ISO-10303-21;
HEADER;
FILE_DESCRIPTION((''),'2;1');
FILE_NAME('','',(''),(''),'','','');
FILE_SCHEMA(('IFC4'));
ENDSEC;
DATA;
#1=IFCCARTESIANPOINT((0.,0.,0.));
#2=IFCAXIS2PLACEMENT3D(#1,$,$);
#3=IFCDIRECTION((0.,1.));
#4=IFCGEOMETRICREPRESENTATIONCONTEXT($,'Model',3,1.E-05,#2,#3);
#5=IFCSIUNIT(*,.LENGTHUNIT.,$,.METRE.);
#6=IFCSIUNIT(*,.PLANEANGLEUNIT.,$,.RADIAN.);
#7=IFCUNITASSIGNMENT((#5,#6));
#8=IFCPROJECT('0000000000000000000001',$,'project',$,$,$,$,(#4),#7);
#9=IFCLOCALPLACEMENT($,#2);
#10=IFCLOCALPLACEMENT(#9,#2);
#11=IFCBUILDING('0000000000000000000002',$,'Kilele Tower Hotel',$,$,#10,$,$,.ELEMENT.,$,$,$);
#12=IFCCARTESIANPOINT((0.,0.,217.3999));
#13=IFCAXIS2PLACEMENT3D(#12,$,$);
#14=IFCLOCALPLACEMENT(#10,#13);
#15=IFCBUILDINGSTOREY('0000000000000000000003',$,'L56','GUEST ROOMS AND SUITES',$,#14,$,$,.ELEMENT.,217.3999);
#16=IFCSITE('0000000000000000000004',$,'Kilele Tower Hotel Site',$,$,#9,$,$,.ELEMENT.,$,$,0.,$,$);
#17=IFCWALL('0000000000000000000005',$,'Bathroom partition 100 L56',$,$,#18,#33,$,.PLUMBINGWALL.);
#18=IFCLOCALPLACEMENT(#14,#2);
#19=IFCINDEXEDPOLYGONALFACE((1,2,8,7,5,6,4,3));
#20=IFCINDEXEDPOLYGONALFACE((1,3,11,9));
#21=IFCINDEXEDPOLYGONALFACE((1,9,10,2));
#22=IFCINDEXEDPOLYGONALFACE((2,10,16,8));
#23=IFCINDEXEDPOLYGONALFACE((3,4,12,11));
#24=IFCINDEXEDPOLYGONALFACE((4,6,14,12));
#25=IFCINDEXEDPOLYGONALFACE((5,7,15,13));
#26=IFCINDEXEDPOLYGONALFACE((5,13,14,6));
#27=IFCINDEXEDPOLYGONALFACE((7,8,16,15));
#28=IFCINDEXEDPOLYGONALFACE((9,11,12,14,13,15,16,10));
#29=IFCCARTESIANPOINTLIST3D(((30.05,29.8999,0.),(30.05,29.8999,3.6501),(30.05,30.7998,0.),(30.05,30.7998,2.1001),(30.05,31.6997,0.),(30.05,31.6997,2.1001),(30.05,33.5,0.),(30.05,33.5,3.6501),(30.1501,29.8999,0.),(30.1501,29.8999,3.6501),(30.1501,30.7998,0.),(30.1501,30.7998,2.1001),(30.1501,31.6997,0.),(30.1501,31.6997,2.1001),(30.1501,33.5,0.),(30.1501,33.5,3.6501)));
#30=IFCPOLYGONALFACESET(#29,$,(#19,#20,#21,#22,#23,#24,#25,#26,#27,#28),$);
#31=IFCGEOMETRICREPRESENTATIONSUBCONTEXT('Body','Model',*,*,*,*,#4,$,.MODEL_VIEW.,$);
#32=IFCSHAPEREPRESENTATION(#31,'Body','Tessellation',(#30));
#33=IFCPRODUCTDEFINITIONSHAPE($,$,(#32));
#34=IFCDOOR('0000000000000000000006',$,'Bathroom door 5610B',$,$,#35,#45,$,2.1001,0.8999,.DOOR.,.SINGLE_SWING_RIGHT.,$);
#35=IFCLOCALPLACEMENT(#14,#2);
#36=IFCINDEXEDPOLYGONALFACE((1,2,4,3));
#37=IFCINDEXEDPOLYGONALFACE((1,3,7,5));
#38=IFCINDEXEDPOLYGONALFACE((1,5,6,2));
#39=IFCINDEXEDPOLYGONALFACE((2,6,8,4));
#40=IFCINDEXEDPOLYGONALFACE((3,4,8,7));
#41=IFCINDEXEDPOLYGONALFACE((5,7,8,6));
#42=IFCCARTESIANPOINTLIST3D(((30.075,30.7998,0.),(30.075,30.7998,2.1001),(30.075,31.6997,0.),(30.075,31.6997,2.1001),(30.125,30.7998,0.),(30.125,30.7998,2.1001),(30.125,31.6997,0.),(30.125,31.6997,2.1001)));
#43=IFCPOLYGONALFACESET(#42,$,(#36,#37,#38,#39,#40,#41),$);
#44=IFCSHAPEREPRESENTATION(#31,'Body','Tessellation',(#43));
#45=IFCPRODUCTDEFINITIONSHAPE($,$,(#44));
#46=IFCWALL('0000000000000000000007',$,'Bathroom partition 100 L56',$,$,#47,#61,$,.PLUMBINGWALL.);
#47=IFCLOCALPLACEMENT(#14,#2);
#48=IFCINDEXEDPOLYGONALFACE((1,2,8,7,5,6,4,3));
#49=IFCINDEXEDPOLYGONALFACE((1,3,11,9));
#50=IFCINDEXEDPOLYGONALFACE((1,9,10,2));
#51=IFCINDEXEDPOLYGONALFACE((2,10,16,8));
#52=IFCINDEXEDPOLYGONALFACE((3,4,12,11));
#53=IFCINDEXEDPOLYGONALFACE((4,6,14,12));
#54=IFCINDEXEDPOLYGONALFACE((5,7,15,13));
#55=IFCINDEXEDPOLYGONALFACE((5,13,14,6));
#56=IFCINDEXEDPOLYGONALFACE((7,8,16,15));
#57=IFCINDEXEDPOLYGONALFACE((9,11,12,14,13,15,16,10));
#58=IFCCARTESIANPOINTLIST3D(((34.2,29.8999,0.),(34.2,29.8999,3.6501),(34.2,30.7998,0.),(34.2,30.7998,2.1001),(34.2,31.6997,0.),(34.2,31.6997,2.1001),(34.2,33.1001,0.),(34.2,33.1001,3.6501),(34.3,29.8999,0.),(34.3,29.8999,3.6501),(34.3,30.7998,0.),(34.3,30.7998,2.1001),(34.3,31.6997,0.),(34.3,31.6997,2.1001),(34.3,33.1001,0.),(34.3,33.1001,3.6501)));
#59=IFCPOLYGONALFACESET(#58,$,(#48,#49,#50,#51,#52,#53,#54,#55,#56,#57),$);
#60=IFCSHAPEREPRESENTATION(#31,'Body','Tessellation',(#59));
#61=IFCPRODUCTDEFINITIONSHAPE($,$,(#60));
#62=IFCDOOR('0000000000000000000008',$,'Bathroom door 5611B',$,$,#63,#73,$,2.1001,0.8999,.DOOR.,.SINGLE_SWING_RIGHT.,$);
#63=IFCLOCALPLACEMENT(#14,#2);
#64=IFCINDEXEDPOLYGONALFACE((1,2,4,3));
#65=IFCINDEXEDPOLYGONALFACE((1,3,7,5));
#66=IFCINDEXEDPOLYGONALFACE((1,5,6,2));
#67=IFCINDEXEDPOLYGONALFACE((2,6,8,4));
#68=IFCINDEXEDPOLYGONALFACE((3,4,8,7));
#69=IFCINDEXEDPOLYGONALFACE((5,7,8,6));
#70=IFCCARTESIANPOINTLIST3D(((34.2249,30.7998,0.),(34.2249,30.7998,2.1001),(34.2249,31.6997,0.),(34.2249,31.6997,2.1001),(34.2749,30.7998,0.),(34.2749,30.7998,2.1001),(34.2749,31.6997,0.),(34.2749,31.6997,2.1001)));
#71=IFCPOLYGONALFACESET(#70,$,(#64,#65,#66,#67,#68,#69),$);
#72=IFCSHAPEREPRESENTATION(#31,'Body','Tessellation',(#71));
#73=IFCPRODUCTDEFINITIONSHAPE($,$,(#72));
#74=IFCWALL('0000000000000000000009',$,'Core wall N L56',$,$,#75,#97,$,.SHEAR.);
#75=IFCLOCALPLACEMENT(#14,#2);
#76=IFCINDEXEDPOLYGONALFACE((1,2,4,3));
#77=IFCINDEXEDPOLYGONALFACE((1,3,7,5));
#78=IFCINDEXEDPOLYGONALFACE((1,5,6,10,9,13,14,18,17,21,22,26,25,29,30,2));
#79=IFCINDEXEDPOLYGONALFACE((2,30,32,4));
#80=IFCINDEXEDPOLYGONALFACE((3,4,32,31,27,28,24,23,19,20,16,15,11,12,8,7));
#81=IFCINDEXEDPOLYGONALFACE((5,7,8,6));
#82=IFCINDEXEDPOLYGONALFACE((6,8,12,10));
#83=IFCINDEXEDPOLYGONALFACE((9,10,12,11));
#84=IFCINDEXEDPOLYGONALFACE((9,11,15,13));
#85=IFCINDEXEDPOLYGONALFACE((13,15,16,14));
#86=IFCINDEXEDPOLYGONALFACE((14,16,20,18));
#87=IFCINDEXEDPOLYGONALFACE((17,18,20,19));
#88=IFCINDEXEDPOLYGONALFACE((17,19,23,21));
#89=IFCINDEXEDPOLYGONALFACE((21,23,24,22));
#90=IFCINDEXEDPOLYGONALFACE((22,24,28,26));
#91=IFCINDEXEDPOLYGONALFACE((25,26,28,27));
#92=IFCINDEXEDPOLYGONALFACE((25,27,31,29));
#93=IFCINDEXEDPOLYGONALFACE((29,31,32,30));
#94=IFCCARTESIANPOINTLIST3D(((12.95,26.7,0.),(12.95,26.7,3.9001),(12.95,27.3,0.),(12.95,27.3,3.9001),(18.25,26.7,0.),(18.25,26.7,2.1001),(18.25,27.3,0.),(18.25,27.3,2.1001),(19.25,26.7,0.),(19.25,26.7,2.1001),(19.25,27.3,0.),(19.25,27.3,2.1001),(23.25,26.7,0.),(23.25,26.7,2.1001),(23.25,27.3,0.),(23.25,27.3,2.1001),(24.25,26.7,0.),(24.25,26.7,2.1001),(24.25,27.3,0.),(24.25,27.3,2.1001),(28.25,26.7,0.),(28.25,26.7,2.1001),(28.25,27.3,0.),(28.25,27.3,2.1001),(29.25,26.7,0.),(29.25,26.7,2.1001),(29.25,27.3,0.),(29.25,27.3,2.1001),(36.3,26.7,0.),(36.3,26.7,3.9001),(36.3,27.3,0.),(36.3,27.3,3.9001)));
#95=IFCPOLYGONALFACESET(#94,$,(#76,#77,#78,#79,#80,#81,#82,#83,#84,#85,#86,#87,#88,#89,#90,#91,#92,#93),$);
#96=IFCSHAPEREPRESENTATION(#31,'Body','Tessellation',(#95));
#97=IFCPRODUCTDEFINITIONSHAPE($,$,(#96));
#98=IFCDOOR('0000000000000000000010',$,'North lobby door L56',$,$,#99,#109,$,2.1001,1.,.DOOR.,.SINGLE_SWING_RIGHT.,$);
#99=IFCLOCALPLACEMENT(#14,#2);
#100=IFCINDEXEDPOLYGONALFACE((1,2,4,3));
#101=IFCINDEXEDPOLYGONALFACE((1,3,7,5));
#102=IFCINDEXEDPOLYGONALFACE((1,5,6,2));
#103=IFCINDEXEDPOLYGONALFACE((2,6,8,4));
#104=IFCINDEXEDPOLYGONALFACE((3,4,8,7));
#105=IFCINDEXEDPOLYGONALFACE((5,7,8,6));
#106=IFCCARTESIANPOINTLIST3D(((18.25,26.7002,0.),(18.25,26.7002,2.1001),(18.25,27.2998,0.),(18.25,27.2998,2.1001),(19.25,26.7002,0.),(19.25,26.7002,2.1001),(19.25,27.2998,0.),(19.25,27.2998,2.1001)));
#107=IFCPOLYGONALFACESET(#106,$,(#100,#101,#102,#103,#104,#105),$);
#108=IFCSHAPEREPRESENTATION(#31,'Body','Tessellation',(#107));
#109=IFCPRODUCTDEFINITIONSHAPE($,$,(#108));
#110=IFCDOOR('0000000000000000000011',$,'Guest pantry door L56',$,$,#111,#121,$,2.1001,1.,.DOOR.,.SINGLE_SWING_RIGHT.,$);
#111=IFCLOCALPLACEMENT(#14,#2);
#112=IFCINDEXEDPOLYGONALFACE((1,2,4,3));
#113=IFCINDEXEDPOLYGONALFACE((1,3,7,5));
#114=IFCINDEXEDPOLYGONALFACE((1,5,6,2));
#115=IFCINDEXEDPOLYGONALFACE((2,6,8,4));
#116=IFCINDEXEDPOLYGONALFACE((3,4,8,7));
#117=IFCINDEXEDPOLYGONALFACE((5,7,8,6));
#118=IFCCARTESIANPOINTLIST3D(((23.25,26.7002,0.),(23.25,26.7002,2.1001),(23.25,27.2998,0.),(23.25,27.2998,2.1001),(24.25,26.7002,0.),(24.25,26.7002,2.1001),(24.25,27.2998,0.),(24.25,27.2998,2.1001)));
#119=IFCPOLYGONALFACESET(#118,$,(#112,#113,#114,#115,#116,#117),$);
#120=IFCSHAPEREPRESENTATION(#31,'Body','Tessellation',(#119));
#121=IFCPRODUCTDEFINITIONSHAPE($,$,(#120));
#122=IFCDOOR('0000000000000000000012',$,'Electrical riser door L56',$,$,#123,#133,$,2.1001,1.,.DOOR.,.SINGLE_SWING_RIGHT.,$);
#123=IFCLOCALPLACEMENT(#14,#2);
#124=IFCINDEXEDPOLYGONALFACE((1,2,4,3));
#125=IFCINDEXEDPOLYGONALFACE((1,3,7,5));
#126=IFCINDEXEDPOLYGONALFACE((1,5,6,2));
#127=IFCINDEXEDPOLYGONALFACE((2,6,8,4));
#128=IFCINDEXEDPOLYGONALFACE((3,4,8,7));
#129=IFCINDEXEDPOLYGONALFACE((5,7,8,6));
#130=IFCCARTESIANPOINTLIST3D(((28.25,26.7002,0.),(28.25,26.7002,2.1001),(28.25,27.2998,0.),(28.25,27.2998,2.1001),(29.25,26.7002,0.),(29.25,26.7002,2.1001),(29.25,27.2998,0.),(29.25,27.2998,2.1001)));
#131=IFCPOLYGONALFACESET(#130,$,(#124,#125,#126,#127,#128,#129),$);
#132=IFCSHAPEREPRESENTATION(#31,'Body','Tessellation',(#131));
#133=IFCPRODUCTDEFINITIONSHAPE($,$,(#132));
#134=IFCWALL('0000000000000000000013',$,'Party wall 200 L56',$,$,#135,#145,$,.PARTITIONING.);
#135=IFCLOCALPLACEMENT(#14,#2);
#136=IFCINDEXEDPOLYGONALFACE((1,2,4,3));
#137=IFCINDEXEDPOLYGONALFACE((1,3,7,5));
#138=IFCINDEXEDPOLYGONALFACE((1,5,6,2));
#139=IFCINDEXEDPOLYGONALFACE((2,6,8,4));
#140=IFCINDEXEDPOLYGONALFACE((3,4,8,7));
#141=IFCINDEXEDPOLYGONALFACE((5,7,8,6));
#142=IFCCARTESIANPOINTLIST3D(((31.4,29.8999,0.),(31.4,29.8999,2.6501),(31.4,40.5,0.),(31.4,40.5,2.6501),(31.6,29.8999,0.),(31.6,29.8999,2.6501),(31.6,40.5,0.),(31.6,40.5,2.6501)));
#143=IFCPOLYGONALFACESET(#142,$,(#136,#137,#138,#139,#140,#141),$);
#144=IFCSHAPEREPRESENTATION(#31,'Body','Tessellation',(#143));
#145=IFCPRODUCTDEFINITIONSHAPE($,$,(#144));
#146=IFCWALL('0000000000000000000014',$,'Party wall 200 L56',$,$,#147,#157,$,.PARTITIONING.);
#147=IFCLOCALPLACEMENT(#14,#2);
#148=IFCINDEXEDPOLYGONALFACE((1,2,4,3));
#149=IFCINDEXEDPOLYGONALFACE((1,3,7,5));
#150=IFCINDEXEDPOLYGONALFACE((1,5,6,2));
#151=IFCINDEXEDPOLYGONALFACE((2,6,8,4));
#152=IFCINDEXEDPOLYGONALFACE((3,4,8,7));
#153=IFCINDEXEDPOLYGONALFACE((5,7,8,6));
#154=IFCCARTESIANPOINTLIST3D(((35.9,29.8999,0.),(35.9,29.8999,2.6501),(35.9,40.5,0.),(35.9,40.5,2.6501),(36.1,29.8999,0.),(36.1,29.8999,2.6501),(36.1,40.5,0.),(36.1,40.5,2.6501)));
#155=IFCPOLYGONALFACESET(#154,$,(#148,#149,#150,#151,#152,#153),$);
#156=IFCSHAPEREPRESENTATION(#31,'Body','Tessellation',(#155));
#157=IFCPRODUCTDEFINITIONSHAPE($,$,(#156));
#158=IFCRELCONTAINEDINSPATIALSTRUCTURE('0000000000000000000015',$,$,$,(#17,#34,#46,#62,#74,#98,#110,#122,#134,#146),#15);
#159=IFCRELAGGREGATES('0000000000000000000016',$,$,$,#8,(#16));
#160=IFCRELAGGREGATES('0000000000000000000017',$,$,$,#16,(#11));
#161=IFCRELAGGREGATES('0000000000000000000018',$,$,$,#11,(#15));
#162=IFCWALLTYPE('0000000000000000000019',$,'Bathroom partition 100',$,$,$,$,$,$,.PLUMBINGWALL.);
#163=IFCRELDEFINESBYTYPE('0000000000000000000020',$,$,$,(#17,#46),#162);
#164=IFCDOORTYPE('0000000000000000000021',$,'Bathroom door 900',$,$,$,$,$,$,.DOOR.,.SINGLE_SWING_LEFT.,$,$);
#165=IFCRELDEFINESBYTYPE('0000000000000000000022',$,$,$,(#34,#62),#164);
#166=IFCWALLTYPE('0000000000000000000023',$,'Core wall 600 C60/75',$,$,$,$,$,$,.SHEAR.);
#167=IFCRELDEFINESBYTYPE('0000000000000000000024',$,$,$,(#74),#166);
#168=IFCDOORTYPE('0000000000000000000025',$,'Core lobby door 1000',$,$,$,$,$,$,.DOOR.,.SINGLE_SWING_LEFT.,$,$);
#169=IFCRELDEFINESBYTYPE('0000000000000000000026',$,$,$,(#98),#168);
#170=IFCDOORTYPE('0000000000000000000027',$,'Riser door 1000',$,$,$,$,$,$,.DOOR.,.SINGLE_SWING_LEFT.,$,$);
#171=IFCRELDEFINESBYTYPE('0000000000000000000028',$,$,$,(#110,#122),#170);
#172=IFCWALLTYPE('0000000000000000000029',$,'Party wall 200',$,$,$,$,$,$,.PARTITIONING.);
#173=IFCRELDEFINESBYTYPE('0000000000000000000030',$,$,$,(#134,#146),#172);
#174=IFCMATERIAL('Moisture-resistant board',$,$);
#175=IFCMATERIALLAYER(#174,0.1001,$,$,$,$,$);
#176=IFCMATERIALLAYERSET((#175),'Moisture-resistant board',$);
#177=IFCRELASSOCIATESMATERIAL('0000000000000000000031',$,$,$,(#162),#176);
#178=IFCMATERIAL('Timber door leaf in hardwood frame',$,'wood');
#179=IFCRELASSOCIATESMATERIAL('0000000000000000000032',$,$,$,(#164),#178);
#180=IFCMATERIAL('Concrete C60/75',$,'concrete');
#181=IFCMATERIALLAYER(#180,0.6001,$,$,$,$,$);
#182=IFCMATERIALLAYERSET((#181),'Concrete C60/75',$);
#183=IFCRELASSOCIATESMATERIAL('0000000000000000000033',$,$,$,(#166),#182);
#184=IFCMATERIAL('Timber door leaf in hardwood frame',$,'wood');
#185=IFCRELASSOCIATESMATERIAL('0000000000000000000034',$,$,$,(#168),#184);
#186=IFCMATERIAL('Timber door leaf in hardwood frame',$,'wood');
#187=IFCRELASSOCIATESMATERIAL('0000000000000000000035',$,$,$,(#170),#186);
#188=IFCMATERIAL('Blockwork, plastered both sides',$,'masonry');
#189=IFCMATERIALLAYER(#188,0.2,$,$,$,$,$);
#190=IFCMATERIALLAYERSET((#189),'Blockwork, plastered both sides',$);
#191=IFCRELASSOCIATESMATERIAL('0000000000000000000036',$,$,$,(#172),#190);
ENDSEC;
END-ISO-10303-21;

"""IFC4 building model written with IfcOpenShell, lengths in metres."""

from ifc_helpers import new_model, si_unit, direction, frame, frame_2d, origin, place, context, subcontext, project, spatial, rectangle, extrude, material, layer, layer_set, type_object, element, fill, save


model = new_model("IFC4")

# Units and contexts
model_context = context("Model", 3, precision=1e-05, world=origin(), true_north=direction((0.0, 1.0)))
body_context = subcontext(model_context, "Body", "Model", "MODEL_VIEW")
ifc_project = project(units=[si_unit("LENGTHUNIT", "METRE"), si_unit("PLANEANGLEUNIT", "RADIAN")], contexts=[model_context])

# Site, building, storey
site_placement = place(None, origin())
site = spatial("IfcSite", under=ifc_project, at=site_placement, Name="Kilele Tower Hotel Site", CompositionType="ELEMENT", RefElevation=0.0)
building_placement = place(site_placement, origin())
building = spatial("IfcBuilding", under=site, at=building_placement, Name="Kilele Tower Hotel", CompositionType="ELEMENT")
storey_placement = place(building_placement, frame((0.0, 0.0, 217.3999)))
storey = spatial("IfcBuildingStorey", under=building, at=storey_placement, Name="L56", Description="GUEST ROOMS AND SUITES", CompositionType="ELEMENT", Elevation=217.3999)

# Walls, openings, doors
ifc_material_1 = material(Name="Moisture-resistant board")
ifc_layer_1 = layer(ifc_material_1, 0.1001)
ifc_layer_set_1 = layer_set([ifc_layer_1], Name="Moisture-resistant board")
wall_type_1 = type_object("IfcWallType", Name="Bathroom partition 100", PredefinedType="PLUMBINGWALL", material=ifc_layer_set_1)
wall_1_placement = place(storey_placement, frame((30.1001, 29.8999, 0.0), z_axis=(0.0, 0.0, 1.0), x_axis=(0.0, 1.0, 0.0)))
wall_1 = element("IfcWall", 1, at=wall_1_placement, inside=storey, type_object=wall_type_1, Name="Bathroom partition 100 L56", PredefinedType="PLUMBINGWALL", context=body_context, shape_type="SweptSolid", body=[
    extrude(rectangle(XDim=3.6001, YDim=0.1001, at=frame_2d((1.8, 0.0))), origin(), (0.0, 0.0, 1.0), 3.6501),
])
opening_1_placement = place(wall_1_placement, frame((1.7998, 0.0, 0.0), z_axis=(0.0, 0.0, 1.0), x_axis=(-1.0, 0.0, 0.0)))
opening_1 = element("IfcOpeningElement", 2, at=opening_1_placement, cuts=wall_1, PredefinedType="OPENING", context=body_context, shape_type="SweptSolid", body=[
    extrude(rectangle(XDim=0.8999, YDim=2.1001, at=frame_2d((0.45, 1.05))), frame((0.0, 0.0601, 0.0), z_axis=(0.0, -1.0, 0.0), x_axis=(1.0, 0.0, 0.0)), (0.0, 0.0, 1.0), 0.1201),
])
ifc_material_2 = material(Name="Timber door leaf in hardwood frame", Category="wood")
door_type_1 = type_object("IfcDoorType", Name="Bathroom door 900", OperationType="SINGLE_SWING_LEFT", PredefinedType="DOOR", material=ifc_material_2)
door_1_placement = place(opening_1_placement, origin())
door_1 = element("IfcDoor", 3, at=door_1_placement, inside=storey, type_object=door_type_1, Name="Bathroom door 5610B", OperationType="SINGLE_SWING_RIGHT", OverallHeight=2.1001, OverallWidth=0.8999, PredefinedType="DOOR", context=body_context, shape_type="SweptSolid", body=[
    extrude(rectangle(XDim=0.8999, YDim=2.1001, at=frame_2d((0.45, 1.05))), frame((0.0, 0.0249, 0.0), z_axis=(0.0, -1.0, 0.0), x_axis=(1.0, 0.0, 0.0)), (0.0, 0.0, 1.0), 0.05),
])
fill(opening_1, door_1)
wall_2_placement = place(storey_placement, frame((34.25, 29.8999, 0.0), z_axis=(0.0, 0.0, 1.0), x_axis=(0.0, 1.0, 0.0)))
wall_2 = element("IfcWall", 4, at=wall_2_placement, inside=storey, type_object=wall_type_1, Name="Bathroom partition 100 L56", PredefinedType="PLUMBINGWALL", context=body_context, shape_type="SweptSolid", body=[
    extrude(rectangle(XDim=3.2002, YDim=0.1001, at=frame_2d((1.6001, 0.0))), origin(), (0.0, 0.0, 1.0), 3.6501),
])
opening_2_placement = place(wall_2_placement, frame((1.7998, 0.0, 0.0), z_axis=(0.0, 0.0, 1.0), x_axis=(-1.0, 0.0, 0.0)))
opening_2 = element("IfcOpeningElement", 5, at=opening_2_placement, cuts=wall_2, PredefinedType="OPENING", context=body_context, shape_type="SweptSolid", body=[
    extrude(rectangle(XDim=0.8999, YDim=2.1001, at=frame_2d((0.45, 1.05))), frame((0.0, 0.0601, 0.0), z_axis=(0.0, -1.0, 0.0), x_axis=(1.0, 0.0, 0.0)), (0.0, 0.0, 1.0), 0.1201),
])
door_2_placement = place(opening_2_placement, origin())
door_2 = element("IfcDoor", 6, at=door_2_placement, inside=storey, type_object=door_type_1, Name="Bathroom door 5611B", OperationType="SINGLE_SWING_RIGHT", OverallHeight=2.1001, OverallWidth=0.8999, PredefinedType="DOOR", context=body_context, shape_type="SweptSolid", body=[
    extrude(rectangle(XDim=0.8999, YDim=2.1001, at=frame_2d((0.45, 1.05))), frame((0.0, 0.0249, 0.0), z_axis=(0.0, -1.0, 0.0), x_axis=(1.0, 0.0, 0.0)), (0.0, 0.0, 1.0), 0.05),
])
fill(opening_2, door_2)

# Wall, openings, doors
ifc_material_3 = material(Name="Concrete C60/75", Category="concrete")
ifc_layer_2 = layer(ifc_material_3, 0.6001)
ifc_layer_set_2 = layer_set([ifc_layer_2], Name="Concrete C60/75")
wall_type_2 = type_object("IfcWallType", Name="Core wall 600 C60/75", PredefinedType="SHEAR", material=ifc_layer_set_2)
wall_3_placement = place(storey_placement, frame((36.3, 27.0, 0.0), z_axis=(0.0, 0.0, 1.0), x_axis=(-1.0, 0.0, 0.0)))
wall_3 = element("IfcWall", 7, at=wall_3_placement, inside=storey, type_object=wall_type_2, Name="Core wall N L56", PredefinedType="SHEAR", context=body_context, shape_type="SweptSolid", body=[
    extrude(rectangle(XDim=23.3501, YDim=0.6001, at=frame_2d((11.675, 0.0))), origin(), (0.0, 0.0, 1.0), 3.9001),
])
opening_3_placement = place(wall_3_placement, frame((17.05, 0.0, 0.0)))
opening_3 = element("IfcOpeningElement", 8, at=opening_3_placement, cuts=wall_3, PredefinedType="OPENING", context=body_context, shape_type="SweptSolid", body=[
    extrude(rectangle(XDim=1.0, YDim=2.1001, at=frame_2d((0.5, 1.05))), frame((0.0, 0.3101, 0.0), z_axis=(0.0, -1.0, 0.0), x_axis=(1.0, 0.0, 0.0)), (0.0, 0.0, 1.0), 0.6201),
])
opening_4_placement = place(wall_3_placement, frame((12.05, 0.0, 0.0)))
opening_4 = element("IfcOpeningElement", 9, at=opening_4_placement, cuts=wall_3, PredefinedType="OPENING", context=body_context, shape_type="SweptSolid", body=[
    extrude(rectangle(XDim=1.0, YDim=2.1001, at=frame_2d((0.5, 1.05))), frame((0.0, 0.3101, 0.0), z_axis=(0.0, -1.0, 0.0), x_axis=(1.0, 0.0, 0.0)), (0.0, 0.0, 1.0), 0.6201),
])
opening_5_placement = place(wall_3_placement, frame((7.05, 0.0, 0.0)))
opening_5 = element("IfcOpeningElement", 10, at=opening_5_placement, cuts=wall_3, PredefinedType="OPENING", context=body_context, shape_type="SweptSolid", body=[
    extrude(rectangle(XDim=1.0, YDim=2.1001, at=frame_2d((0.5, 1.05))), frame((0.0, 0.3101, 0.0), z_axis=(0.0, -1.0, 0.0), x_axis=(1.0, 0.0, 0.0)), (0.0, 0.0, 1.0), 0.6201),
])
ifc_material_4 = material(Name="Timber door leaf in hardwood frame", Category="wood")
door_type_2 = type_object("IfcDoorType", Name="Core lobby door 1000", OperationType="SINGLE_SWING_LEFT", PredefinedType="DOOR", material=ifc_material_4)
door_3_placement = place(opening_3_placement, origin())
door_3 = element("IfcDoor", 11, at=door_3_placement, inside=storey, type_object=door_type_2, Name="North lobby door L56", OperationType="SINGLE_SWING_RIGHT", OverallHeight=2.1001, OverallWidth=1.0, PredefinedType="DOOR", context=body_context, shape_type="SweptSolid", body=[
    extrude(rectangle(XDim=1.0, YDim=2.1001, at=frame_2d((0.5, 1.05))), frame((0.0, 0.2998, 0.0), z_axis=(0.0, -1.0, 0.0), x_axis=(1.0, 0.0, 0.0)), (0.0, 0.0, 1.0), 0.5996),
])
fill(opening_3, door_3)
ifc_material_5 = material(Name="Timber door leaf in hardwood frame", Category="wood")
door_type_3 = type_object("IfcDoorType", Name="Riser door 1000", OperationType="SINGLE_SWING_LEFT", PredefinedType="DOOR", material=ifc_material_5)
door_4_placement = place(opening_4_placement, origin())
door_4 = element("IfcDoor", 12, at=door_4_placement, inside=storey, type_object=door_type_3, Name="Guest pantry door L56", OperationType="SINGLE_SWING_RIGHT", OverallHeight=2.1001, OverallWidth=1.0, PredefinedType="DOOR", context=body_context, shape_type="SweptSolid", body=[
    extrude(rectangle(XDim=1.0, YDim=2.1001, at=frame_2d((0.5, 1.05))), frame((0.0, 0.2998, 0.0), z_axis=(0.0, -1.0, 0.0), x_axis=(1.0, 0.0, 0.0)), (0.0, 0.0, 1.0), 0.5996),
])
fill(opening_4, door_4)
door_5_placement = place(opening_5_placement, origin())
door_5 = element("IfcDoor", 13, at=door_5_placement, inside=storey, type_object=door_type_3, Name="Electrical riser door L56", OperationType="SINGLE_SWING_RIGHT", OverallHeight=2.1001, OverallWidth=1.0, PredefinedType="DOOR", context=body_context, shape_type="SweptSolid", body=[
    extrude(rectangle(XDim=1.0, YDim=2.1001, at=frame_2d((0.5, 1.05))), frame((0.0, 0.2998, 0.0), z_axis=(0.0, -1.0, 0.0), x_axis=(1.0, 0.0, 0.0)), (0.0, 0.0, 1.0), 0.5996),
])
fill(opening_5, door_5)

# Walls
ifc_material_6 = material(Name="Blockwork, plastered both sides", Category="masonry")
ifc_layer_3 = layer(ifc_material_6, 0.2)
ifc_layer_set_3 = layer_set([ifc_layer_3], Name="Blockwork, plastered both sides")
wall_type_3 = type_object("IfcWallType", Name="Party wall 200", PredefinedType="PARTITIONING", material=ifc_layer_set_3)
for number, where, z_axis, x_axis, name in (
    (14, (31.5, 29.8999, 0.0), (0.0, 0.0, 1.0), (0.0, 1.0, 0.0), "Party wall 200 L56"),
    (15, (36.0, 29.8999, 0.0), (0.0, 0.0, 1.0), (0.0, 1.0, 0.0), "Party wall 200 L56"),
):
    element("IfcWall", number, at=place(storey_placement, frame(where, z_axis=z_axis, x_axis=x_axis)), inside=storey, type_object=wall_type_3, Name=name, PredefinedType="PARTITIONING", context=body_context, shape_type="SweptSolid", body=[
        extrude(rectangle(XDim=10.6001, YDim=0.2, at=frame_2d((5.3, 0.0))), origin(), (0.0, 0.0, 1.0), 2.6501),
    ])

save(model, "model.ifc")
